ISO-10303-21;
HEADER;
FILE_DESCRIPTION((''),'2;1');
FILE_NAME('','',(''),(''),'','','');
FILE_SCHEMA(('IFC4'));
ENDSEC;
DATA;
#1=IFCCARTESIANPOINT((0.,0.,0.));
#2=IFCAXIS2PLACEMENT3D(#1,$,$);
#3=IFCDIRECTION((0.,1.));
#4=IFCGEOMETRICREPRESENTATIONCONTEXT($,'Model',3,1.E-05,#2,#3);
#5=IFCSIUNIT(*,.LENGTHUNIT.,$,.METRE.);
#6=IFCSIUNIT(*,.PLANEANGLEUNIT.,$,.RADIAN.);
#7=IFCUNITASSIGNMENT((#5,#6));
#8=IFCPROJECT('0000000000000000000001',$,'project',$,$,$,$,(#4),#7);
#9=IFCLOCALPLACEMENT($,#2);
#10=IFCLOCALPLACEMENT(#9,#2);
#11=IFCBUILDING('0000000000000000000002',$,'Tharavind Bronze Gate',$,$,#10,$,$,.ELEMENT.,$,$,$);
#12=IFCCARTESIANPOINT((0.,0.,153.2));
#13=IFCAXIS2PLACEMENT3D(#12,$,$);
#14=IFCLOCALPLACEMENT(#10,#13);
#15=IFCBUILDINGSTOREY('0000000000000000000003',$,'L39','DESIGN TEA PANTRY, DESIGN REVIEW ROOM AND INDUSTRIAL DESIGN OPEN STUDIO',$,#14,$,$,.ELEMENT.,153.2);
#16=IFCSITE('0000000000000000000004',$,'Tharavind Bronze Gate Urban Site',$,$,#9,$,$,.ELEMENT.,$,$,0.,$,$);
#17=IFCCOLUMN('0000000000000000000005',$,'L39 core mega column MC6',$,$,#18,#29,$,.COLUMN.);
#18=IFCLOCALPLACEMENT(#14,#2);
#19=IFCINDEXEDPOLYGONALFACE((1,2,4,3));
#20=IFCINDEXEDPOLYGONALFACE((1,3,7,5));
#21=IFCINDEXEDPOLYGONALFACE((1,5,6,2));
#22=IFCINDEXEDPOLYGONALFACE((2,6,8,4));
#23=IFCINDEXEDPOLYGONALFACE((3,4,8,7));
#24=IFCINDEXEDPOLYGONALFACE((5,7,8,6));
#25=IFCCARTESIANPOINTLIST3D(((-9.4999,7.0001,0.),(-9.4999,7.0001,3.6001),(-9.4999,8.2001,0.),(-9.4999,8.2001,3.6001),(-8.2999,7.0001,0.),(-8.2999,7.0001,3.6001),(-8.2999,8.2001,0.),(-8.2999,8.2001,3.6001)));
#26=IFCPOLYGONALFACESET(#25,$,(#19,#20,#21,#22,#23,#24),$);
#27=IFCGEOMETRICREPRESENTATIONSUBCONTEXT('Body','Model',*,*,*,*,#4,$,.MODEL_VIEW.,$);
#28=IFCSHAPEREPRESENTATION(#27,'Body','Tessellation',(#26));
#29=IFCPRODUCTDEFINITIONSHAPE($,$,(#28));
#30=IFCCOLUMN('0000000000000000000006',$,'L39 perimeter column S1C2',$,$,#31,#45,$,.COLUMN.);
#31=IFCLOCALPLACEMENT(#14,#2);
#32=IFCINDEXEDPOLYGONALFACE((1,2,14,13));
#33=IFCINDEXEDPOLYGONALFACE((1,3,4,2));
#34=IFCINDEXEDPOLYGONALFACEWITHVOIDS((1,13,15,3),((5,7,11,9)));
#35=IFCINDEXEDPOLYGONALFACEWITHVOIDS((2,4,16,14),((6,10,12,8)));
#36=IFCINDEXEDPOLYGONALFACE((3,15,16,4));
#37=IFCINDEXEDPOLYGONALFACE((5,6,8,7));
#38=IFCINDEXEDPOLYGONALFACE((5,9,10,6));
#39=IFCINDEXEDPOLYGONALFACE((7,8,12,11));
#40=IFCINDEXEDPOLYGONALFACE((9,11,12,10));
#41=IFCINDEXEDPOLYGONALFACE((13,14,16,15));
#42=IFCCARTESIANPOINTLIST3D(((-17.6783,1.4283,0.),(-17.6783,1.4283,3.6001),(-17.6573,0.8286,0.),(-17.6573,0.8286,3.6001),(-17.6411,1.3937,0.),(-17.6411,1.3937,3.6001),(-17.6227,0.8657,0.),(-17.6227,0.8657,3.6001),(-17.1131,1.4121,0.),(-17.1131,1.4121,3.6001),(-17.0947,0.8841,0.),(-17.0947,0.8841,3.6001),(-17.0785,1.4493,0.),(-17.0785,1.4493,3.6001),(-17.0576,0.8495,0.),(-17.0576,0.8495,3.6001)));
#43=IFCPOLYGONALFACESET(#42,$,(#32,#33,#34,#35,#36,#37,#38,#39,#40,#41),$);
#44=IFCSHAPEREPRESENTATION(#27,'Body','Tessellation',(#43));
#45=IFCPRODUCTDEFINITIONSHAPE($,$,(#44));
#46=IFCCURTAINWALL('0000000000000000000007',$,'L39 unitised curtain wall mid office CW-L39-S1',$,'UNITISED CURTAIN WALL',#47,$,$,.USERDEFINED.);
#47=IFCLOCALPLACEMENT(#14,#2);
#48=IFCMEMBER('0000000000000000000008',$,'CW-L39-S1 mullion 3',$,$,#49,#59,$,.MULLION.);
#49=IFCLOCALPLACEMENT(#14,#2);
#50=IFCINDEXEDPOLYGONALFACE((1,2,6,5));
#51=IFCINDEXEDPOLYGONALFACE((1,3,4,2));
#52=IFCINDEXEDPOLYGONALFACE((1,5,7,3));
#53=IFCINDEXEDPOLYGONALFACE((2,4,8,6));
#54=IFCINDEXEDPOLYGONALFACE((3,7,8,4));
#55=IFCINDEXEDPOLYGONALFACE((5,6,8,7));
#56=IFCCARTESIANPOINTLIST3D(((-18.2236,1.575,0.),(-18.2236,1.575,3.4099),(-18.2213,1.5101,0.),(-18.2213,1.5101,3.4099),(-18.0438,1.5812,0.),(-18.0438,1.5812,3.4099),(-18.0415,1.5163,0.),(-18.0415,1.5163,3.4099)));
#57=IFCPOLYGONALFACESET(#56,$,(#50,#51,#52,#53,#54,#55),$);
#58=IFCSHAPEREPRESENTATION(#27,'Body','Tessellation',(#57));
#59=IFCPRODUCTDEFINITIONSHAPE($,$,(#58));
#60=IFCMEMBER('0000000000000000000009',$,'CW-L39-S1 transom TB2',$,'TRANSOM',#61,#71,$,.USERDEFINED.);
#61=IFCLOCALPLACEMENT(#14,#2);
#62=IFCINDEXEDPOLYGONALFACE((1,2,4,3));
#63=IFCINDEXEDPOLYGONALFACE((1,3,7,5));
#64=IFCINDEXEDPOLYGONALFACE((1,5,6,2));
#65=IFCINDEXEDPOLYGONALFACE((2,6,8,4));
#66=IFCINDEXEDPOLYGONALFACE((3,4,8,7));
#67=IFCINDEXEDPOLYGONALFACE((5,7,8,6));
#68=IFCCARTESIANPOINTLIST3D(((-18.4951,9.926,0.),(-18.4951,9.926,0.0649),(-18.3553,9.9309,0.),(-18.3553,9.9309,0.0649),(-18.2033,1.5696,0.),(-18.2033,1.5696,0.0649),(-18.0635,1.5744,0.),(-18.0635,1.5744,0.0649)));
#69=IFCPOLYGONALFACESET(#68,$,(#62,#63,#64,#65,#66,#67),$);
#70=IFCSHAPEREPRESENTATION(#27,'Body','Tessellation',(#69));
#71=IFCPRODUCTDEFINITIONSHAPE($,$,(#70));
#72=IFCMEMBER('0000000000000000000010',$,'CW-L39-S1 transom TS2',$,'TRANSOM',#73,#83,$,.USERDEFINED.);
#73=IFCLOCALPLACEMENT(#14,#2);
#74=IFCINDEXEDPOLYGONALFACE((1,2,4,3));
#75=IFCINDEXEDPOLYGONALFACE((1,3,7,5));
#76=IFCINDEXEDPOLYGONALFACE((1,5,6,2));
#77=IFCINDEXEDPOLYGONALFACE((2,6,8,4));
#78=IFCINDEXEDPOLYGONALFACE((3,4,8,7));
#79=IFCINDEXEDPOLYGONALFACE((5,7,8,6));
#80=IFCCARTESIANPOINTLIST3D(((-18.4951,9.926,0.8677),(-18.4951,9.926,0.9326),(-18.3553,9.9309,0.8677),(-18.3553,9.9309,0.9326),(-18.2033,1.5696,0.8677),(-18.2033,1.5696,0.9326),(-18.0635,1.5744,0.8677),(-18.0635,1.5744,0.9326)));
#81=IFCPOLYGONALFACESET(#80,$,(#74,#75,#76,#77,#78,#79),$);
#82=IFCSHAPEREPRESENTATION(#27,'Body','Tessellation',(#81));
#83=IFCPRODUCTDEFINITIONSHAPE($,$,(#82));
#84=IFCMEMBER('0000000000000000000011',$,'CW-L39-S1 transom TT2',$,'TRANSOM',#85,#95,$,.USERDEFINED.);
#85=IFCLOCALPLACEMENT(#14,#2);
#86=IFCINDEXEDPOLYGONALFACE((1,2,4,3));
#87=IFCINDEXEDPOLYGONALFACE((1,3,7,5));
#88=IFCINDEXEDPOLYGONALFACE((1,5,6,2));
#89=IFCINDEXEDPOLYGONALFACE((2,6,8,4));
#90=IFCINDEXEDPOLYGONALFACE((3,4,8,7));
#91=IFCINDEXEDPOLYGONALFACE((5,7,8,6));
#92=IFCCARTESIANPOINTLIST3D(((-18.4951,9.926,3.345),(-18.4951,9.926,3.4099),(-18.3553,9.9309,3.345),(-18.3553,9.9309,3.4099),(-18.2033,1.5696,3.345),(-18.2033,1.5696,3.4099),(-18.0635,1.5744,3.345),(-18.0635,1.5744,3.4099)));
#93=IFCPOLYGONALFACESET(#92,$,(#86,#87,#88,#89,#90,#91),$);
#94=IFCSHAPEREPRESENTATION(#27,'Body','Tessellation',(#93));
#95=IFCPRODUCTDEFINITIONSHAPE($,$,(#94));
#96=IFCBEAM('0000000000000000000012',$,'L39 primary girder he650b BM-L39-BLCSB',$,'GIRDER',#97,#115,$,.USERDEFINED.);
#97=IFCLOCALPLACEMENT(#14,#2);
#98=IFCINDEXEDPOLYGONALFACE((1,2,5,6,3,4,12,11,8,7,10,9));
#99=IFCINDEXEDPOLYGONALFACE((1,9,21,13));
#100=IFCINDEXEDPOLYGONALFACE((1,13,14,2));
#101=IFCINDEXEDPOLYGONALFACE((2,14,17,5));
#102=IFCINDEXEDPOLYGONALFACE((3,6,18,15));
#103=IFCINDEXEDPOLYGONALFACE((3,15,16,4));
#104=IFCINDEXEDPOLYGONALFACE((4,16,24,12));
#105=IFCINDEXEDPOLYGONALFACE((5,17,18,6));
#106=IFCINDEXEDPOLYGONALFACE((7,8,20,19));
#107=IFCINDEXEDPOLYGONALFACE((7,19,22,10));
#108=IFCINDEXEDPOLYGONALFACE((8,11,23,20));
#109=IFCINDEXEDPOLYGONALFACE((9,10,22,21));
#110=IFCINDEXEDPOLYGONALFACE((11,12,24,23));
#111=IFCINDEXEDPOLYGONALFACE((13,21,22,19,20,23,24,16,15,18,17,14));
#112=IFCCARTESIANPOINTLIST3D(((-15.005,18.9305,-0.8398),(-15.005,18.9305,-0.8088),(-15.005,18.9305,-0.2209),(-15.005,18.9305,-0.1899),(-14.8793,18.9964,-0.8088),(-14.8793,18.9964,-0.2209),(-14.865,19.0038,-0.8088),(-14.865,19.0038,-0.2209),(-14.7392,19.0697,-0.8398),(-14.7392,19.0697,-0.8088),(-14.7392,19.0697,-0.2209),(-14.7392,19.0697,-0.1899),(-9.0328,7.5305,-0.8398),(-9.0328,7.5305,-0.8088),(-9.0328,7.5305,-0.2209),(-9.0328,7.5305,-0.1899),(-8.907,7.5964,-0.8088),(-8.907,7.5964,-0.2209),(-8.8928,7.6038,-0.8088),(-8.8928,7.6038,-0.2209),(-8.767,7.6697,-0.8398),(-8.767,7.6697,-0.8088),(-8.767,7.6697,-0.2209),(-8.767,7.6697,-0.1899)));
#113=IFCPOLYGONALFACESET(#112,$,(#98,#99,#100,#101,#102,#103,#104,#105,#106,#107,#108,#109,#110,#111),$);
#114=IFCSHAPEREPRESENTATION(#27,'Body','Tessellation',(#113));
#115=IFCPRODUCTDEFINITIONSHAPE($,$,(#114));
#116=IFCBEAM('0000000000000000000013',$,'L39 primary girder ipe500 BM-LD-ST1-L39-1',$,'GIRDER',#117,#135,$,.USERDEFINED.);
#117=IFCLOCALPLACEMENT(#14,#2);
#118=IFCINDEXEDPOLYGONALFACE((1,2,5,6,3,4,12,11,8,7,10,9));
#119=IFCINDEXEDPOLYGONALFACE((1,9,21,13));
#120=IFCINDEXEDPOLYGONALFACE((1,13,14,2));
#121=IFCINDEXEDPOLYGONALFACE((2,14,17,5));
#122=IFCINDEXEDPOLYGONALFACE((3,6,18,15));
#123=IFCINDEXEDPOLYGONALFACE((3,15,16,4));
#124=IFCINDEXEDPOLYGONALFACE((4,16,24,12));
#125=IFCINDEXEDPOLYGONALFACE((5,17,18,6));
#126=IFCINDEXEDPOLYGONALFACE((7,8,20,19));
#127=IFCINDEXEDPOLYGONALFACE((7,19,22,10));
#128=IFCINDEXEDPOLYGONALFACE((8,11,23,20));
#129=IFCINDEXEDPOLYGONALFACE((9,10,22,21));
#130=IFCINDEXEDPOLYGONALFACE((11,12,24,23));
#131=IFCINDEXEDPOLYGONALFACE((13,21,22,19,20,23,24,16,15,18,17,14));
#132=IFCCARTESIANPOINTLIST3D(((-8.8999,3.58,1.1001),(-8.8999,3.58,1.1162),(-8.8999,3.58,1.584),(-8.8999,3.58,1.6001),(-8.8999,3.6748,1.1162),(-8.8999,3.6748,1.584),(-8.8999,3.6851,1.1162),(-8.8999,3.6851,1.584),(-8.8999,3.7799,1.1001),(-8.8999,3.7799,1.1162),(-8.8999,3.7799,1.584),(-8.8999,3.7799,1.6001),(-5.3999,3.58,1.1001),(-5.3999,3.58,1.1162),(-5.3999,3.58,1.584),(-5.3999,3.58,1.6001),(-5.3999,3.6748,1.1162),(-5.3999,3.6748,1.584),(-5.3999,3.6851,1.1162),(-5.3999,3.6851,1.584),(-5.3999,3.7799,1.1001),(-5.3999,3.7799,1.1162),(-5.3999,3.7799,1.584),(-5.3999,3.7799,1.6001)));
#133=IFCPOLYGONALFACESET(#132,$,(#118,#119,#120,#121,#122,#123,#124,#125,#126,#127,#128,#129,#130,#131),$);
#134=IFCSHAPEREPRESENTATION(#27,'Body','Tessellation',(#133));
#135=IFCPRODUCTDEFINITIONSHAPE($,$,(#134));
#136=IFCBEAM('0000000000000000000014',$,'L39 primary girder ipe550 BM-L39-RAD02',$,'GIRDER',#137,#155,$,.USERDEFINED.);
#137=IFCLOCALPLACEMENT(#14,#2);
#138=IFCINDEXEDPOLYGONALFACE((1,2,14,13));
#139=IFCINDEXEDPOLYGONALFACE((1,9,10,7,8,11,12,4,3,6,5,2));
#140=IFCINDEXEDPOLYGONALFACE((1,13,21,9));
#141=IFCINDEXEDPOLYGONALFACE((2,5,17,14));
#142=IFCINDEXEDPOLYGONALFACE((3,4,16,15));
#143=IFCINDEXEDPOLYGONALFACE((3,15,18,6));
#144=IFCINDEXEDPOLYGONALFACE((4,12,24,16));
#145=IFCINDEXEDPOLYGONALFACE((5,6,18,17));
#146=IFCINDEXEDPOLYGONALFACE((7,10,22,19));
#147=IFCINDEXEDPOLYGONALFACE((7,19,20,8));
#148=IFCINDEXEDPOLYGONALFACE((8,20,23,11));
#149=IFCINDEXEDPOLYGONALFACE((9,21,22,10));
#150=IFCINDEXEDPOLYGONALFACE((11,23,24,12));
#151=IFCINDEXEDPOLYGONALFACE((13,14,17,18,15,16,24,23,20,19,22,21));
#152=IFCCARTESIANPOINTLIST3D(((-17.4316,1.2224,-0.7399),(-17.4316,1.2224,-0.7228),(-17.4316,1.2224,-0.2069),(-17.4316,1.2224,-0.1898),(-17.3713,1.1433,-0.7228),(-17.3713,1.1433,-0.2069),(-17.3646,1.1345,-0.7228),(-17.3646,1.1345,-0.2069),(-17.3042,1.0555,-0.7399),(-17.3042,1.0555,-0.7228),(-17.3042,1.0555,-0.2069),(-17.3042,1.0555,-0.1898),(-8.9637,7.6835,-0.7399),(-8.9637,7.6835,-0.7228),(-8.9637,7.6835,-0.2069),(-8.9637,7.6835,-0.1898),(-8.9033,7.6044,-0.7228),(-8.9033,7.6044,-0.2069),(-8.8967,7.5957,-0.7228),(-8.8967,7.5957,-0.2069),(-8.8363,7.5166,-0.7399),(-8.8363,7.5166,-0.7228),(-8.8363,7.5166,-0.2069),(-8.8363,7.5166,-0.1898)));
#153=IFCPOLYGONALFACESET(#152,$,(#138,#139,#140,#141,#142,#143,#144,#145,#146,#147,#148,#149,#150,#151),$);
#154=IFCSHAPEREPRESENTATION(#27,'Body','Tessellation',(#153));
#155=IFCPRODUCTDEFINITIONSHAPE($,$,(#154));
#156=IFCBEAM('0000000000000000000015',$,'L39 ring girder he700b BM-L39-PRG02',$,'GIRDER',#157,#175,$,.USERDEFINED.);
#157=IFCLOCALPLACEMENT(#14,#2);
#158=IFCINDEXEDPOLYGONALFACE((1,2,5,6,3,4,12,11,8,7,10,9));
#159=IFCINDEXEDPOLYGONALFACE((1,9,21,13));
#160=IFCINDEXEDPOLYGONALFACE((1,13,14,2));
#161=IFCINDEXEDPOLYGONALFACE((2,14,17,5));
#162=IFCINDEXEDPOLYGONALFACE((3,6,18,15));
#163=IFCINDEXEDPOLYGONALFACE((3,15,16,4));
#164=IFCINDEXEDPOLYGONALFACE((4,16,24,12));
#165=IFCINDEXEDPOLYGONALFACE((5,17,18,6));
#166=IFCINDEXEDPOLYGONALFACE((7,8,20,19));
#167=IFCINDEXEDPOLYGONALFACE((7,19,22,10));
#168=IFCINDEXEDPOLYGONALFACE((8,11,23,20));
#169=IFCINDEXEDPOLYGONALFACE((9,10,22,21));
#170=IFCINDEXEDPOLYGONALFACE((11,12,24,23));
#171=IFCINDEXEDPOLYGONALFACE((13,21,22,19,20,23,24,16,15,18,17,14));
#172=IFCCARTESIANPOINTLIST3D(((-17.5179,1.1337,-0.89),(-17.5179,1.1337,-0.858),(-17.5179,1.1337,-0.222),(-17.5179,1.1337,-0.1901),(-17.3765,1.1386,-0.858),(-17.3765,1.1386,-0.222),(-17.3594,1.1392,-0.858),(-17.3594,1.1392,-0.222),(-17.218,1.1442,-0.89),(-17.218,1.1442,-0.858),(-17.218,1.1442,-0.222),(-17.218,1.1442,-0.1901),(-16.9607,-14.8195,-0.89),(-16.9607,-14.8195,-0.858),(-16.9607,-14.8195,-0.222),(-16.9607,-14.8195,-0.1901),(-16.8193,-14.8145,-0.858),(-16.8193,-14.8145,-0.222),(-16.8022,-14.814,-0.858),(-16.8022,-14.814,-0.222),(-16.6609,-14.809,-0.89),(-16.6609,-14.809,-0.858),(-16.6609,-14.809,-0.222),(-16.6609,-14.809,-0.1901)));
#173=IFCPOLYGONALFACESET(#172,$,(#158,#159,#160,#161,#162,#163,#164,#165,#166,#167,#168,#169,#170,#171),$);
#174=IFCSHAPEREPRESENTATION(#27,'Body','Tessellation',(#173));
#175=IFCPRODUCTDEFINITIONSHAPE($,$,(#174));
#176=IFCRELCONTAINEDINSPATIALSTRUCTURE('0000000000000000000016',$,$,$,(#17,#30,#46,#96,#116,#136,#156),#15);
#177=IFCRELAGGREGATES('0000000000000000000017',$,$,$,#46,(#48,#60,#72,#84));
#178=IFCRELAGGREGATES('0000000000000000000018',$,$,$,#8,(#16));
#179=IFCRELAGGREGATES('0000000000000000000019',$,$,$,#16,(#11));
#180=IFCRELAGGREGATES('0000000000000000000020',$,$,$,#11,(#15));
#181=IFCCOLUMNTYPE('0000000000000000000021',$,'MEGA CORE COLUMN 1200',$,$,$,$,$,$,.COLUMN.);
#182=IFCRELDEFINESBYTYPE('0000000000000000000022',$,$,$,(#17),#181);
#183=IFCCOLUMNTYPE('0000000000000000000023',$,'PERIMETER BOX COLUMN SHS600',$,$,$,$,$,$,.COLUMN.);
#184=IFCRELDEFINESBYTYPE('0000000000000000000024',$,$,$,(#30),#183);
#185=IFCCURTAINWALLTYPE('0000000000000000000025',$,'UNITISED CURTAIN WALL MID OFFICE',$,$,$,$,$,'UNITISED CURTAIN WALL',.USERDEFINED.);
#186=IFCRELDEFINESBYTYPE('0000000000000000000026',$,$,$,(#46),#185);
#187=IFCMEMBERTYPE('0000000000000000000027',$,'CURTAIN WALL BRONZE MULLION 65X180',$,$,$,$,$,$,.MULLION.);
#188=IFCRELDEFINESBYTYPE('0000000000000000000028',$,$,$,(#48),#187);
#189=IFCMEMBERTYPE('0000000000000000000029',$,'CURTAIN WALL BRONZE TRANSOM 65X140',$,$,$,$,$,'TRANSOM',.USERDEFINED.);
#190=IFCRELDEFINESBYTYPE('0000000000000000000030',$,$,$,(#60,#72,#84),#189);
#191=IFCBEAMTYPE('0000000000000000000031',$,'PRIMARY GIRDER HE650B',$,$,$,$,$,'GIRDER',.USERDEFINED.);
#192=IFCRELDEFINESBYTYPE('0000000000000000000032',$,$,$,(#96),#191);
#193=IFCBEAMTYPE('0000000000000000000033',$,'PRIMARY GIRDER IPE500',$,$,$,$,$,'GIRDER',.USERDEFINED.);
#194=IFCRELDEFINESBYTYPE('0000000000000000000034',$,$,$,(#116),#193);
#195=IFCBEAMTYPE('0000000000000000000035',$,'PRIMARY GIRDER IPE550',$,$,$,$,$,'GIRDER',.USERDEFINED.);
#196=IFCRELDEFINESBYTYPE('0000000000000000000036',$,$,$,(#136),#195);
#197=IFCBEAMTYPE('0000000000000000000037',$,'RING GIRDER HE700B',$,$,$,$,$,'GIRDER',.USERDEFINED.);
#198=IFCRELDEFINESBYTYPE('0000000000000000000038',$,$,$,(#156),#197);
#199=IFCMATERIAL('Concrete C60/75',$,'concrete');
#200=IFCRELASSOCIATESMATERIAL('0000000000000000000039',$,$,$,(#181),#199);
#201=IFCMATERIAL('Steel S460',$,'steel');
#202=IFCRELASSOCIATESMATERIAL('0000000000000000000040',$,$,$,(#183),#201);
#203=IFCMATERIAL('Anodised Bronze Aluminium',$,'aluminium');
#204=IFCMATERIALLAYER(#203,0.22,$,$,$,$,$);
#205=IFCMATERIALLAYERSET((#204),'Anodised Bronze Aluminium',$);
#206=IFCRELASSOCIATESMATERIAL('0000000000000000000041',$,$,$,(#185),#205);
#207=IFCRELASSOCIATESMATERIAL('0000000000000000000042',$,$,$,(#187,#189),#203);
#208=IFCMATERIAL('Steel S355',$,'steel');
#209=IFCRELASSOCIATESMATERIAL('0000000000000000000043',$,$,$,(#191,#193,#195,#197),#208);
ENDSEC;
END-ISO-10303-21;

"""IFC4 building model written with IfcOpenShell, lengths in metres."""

from ifc_helpers import new_model, si_unit, direction, frame, origin, origin_2d, place, context, subcontext, project, spatial, rectangle, hollow_rectangle, i_section, extrude, material, layer, layer_set, material_profile, profile_set, type_object, element, aggregate, save


model = new_model("IFC4")

# Units and contexts
model_context = context("Model", 3, precision=1e-05, world=origin(), true_north=direction((0.0, 1.0)))
body_context = subcontext(model_context, "Body", "Model", "MODEL_VIEW")
ifc_project = project(units=[si_unit("LENGTHUNIT", "METRE"), si_unit("PLANEANGLEUNIT", "RADIAN")], contexts=[model_context])

# Site, building, storey
site_placement = place(None, origin())
site = spatial("IfcSite", under=ifc_project, at=site_placement, Name="Tharavind Bronze Gate Urban Site", CompositionType="ELEMENT", RefElevation=0.0)
building_placement = place(site_placement, origin())
building = spatial("IfcBuilding", under=site, at=building_placement, Name="Tharavind Bronze Gate", CompositionType="ELEMENT")
storey_placement = place(building_placement, frame((0.0, 0.0, 153.2)))
storey = spatial("IfcBuildingStorey", under=building, at=storey_placement, Name="L39", Description="DESIGN TEA PANTRY, DESIGN REVIEW ROOM AND INDUSTRIAL DESIGN OPEN STUDIO", CompositionType="ELEMENT", Elevation=153.2)

# Columns
ifc_material_1 = material(Name="Concrete C60/75", Category="concrete")
ifc_material_profile_1 = material_profile(ifc_material_1, rectangle(XDim=1.2, YDim=1.2, at=origin_2d()), Name="RCCOL1200")
ifc_profile_set_1 = profile_set([ifc_material_profile_1], Name="Concrete C60/75")
column_type_1 = type_object("IfcColumnType", Name="MEGA CORE COLUMN 1200", PredefinedType="COLUMN", material=ifc_profile_set_1)
column_1_placement = place(storey_placement, frame((-8.8999, 7.6001, 0.0), z_axis=(0.0, 0.0, 1.0), x_axis=(1.0, 0.0, 0.0)))
element("IfcColumn", 1, at=column_1_placement, inside=storey, type_object=column_type_1, Name="L39 core mega column MC6", PredefinedType="COLUMN", context=body_context, shape_type="SweptSolid", body=[
    extrude(rectangle(XDim=1.2, YDim=1.2, at=origin_2d()), origin(), (0.0, 0.0, 1.0), 3.6001),
])
ifc_material_2 = material(Name="Steel S460", Category="steel")
ifc_material_profile_2 = material_profile(ifc_material_2, hollow_rectangle(XDim=0.6001, YDim=0.6001, WallThickness=0.0359, at=origin_2d()), Name="SHS600X36")
ifc_profile_set_2 = profile_set([ifc_material_profile_2], Name="Steel S460")
column_type_2 = type_object("IfcColumnType", Name="PERIMETER BOX COLUMN SHS600", PredefinedType="COLUMN", material=ifc_profile_set_2)
column_2_placement = place(storey_placement, frame((-17.3679, 1.1389, 0.0), z_axis=(0.0, 0.0, 1.0), x_axis=(-0.034899, 0.999391, 0.0)))
element("IfcColumn", 2, at=column_2_placement, inside=storey, type_object=column_type_2, Name="L39 perimeter column S1C2", PredefinedType="COLUMN", context=body_context, shape_type="SweptSolid", body=[
    extrude(hollow_rectangle(XDim=0.6001, YDim=0.6001, WallThickness=0.0359, at=origin_2d()), origin(), (0.0, 0.0, 1.0), 3.6001),
])

# Curtain wall, members
ifc_material_3 = material(Name="Anodised Bronze Aluminium", Category="aluminium")
ifc_layer_1 = layer(ifc_material_3, 0.22)
ifc_layer_set_1 = layer_set([ifc_layer_1], Name="Anodised Bronze Aluminium")
curtain_wall_type = type_object("IfcCurtainWallType", Name="UNITISED CURTAIN WALL MID OFFICE", ElementType="UNITISED CURTAIN WALL", PredefinedType="USERDEFINED", material=ifc_layer_set_1)
curtain_wall_placement = place(storey_placement, origin())
curtain_wall = element("IfcCurtainWall", 3, at=curtain_wall_placement, inside=storey, type_object=curtain_wall_type, Name="L39 unitised curtain wall mid office CW-L39-S1", ObjectType="UNITISED CURTAIN WALL", PredefinedType="USERDEFINED")
member_type_1 = type_object("IfcMemberType", Name="CURTAIN WALL BRONZE MULLION 65X180", PredefinedType="MULLION", material=ifc_material_3)
member_1_placement = place(storey_placement, frame((-18.1326, 1.5457, 0.0), z_axis=(0.0, 0.0, 1.0), x_axis=(0.034899, -0.999391, 0.0)))
member_1 = element("IfcMember", 4, at=member_1_placement, type_object=member_type_1, Name="CW-L39-S1 mullion 3", PredefinedType="MULLION", context=body_context, shape_type="SweptSolid", body=[
    extrude(rectangle(XDim=0.0649, YDim=0.1799, at=origin_2d()), origin(), (0.0, 0.0, 1.0), 3.4099),
])
member_type_2 = type_object("IfcMemberType", Name="CURTAIN WALL BRONZE TRANSOM 65X140", ElementType="TRANSOM", PredefinedType="USERDEFINED", material=ifc_material_3)
member_2_placement = place(storey_placement, frame((-18.2793, 5.7502, 0.0), z_axis=(0.0, 0.0, 1.0), x_axis=(0.034899, -0.999391, 0.0)))
member_2 = element("IfcMember", 5, at=member_2_placement, type_object=member_type_2, Name="CW-L39-S1 transom TB2", ObjectType="TRANSOM", PredefinedType="USERDEFINED", context=body_context, shape_type="SweptSolid", body=[
    extrude(rectangle(XDim=8.3616, YDim=0.1399, at=origin_2d()), origin(), (0.0, 0.0, 1.0), 0.0649),
])
member_3_placement = place(storey_placement, frame((-18.2793, 5.7502, 0.8677), z_axis=(0.0, 0.0, 1.0), x_axis=(0.034899, -0.999391, 0.0)))
member_3 = element("IfcMember", 6, at=member_3_placement, type_object=member_type_2, Name="CW-L39-S1 transom TS2", ObjectType="TRANSOM", PredefinedType="USERDEFINED", context=body_context, shape_type="SweptSolid", body=[
    extrude(rectangle(XDim=8.3616, YDim=0.1399, at=origin_2d()), origin(), (0.0, 0.0, 1.0), 0.0649),
])
member_4_placement = place(storey_placement, frame((-18.2793, 5.7502, 3.345), z_axis=(0.0, 0.0, 1.0), x_axis=(0.034899, -0.999391, 0.0)))
member_4 = element("IfcMember", 7, at=member_4_placement, type_object=member_type_2, Name="CW-L39-S1 transom TT2", ObjectType="TRANSOM", PredefinedType="USERDEFINED", context=body_context, shape_type="SweptSolid", body=[
    extrude(rectangle(XDim=8.3616, YDim=0.1399, at=origin_2d()), origin(), (0.0, 0.0, 1.0), 0.0649),
])

# Beams
ifc_material_4 = material(Name="Steel S355", Category="steel")
ifc_material_profile_3 = material_profile(ifc_material_4, i_section(OverallWidth=0.3, OverallDepth=0.6499, WebThickness=0.0161, FlangeThickness=0.031, at=origin_2d()), Name="HE650B")
ifc_profile_set_3 = profile_set([ifc_material_profile_3], Name="Steel S355")
beam_type_1 = type_object("IfcBeamType", Name="PRIMARY GIRDER HE650B", ElementType="GIRDER", PredefinedType="USERDEFINED", material=ifc_profile_set_3)
beam_1_placement = place(storey_placement, frame((-8.8999, 7.6001, -0.5149), z_axis=(-0.464055, 0.885806, 0.0), x_axis=(-0.885806, -0.464055, 0.0)))
element("IfcBeam", 8, at=beam_1_placement, inside=storey, type_object=beam_type_1, Name="L39 primary girder he650b BM-L39-BLCSB", ObjectType="GIRDER", PredefinedType="USERDEFINED", context=body_context, shape_type="SweptSolid", body=[
    extrude(i_section(OverallWidth=0.3, OverallDepth=0.6499, WebThickness=0.0161, FlangeThickness=0.031, at=origin_2d()), origin(), (0.0, 0.0, 1.0), 12.8696),
])
ifc_material_profile_4 = material_profile(ifc_material_4, i_section(OverallWidth=0.2, OverallDepth=0.5, WebThickness=0.0103, FlangeThickness=0.0161, at=origin_2d()), Name="IPE500")
ifc_profile_set_4 = profile_set([ifc_material_profile_4], Name="Steel S355")
beam_type_2 = type_object("IfcBeamType", Name="PRIMARY GIRDER IPE500", ElementType="GIRDER", PredefinedType="USERDEFINED", material=ifc_profile_set_4)
beam_2_placement = place(storey_placement, frame((-8.8999, 3.6799, 1.3501), z_axis=(1.0, 0.0, 0.0), x_axis=(0.0, 1.0, 0.0)))
element("IfcBeam", 9, at=beam_2_placement, inside=storey, type_object=beam_type_2, Name="L39 primary girder ipe500 BM-LD-ST1-L39-1", ObjectType="GIRDER", PredefinedType="USERDEFINED", context=body_context, shape_type="SweptSolid", body=[
    extrude(i_section(OverallWidth=0.2, OverallDepth=0.5, WebThickness=0.0103, FlangeThickness=0.0161, at=origin_2d()), origin(), (0.0, 0.0, 1.0), 3.5),
])
ifc_material_profile_5 = material_profile(ifc_material_4, i_section(OverallWidth=0.21, OverallDepth=0.55, WebThickness=0.011, FlangeThickness=0.0171, at=origin_2d()), Name="IPE550")
ifc_profile_set_5 = profile_set([ifc_material_profile_5], Name="Steel S355")
beam_type_3 = type_object("IfcBeamType", Name="PRIMARY GIRDER IPE550", ElementType="GIRDER", PredefinedType="USERDEFINED", material=ifc_profile_set_5)
beam_3_placement = place(storey_placement, frame((-17.3679, 1.1389, -0.4648), z_axis=(0.795008, 0.606599, 0.0), x_axis=(-0.606599, 0.795008, 0.0)))
element("IfcBeam", 10, at=beam_3_placement, inside=storey, type_object=beam_type_3, Name="L39 primary girder ipe550 BM-L39-RAD02", ObjectType="GIRDER", PredefinedType="USERDEFINED", context=body_context, shape_type="SweptSolid", body=[
    extrude(i_section(OverallWidth=0.21, OverallDepth=0.55, WebThickness=0.011, FlangeThickness=0.0171, at=origin_2d()), origin(), (0.0, 0.0, 1.0), 10.6514),
])
ifc_material_profile_6 = material_profile(ifc_material_4, i_section(OverallWidth=0.3, OverallDepth=0.7, WebThickness=0.0171, FlangeThickness=0.032, at=origin_2d()), Name="HE700B")
ifc_profile_set_6 = profile_set([ifc_material_profile_6], Name="Steel S355")
beam_type_4 = type_object("IfcBeamType", Name="RING GIRDER HE700B", ElementType="GIRDER", PredefinedType="USERDEFINED", material=ifc_profile_set_6)
beam_4_placement = place(storey_placement, frame((-17.3679, 1.1389, -0.54), z_axis=(0.034902, -0.999391, 0.0), x_axis=(0.999391, 0.034902, 0.0)))
element("IfcBeam", 11, at=beam_4_placement, inside=storey, type_object=beam_type_4, Name="L39 ring girder he700b BM-L39-PRG02", ObjectType="GIRDER", PredefinedType="USERDEFINED", context=body_context, shape_type="SweptSolid", body=[
    extrude(i_section(OverallWidth=0.3, OverallDepth=0.7, WebThickness=0.0171, FlangeThickness=0.032, at=origin_2d()), origin(), (0.0, 0.0, 1.0), 15.9629),
])

aggregate(curtain_wall, [member_1, member_2, member_3, member_4])

save(model, "model.ifc")
